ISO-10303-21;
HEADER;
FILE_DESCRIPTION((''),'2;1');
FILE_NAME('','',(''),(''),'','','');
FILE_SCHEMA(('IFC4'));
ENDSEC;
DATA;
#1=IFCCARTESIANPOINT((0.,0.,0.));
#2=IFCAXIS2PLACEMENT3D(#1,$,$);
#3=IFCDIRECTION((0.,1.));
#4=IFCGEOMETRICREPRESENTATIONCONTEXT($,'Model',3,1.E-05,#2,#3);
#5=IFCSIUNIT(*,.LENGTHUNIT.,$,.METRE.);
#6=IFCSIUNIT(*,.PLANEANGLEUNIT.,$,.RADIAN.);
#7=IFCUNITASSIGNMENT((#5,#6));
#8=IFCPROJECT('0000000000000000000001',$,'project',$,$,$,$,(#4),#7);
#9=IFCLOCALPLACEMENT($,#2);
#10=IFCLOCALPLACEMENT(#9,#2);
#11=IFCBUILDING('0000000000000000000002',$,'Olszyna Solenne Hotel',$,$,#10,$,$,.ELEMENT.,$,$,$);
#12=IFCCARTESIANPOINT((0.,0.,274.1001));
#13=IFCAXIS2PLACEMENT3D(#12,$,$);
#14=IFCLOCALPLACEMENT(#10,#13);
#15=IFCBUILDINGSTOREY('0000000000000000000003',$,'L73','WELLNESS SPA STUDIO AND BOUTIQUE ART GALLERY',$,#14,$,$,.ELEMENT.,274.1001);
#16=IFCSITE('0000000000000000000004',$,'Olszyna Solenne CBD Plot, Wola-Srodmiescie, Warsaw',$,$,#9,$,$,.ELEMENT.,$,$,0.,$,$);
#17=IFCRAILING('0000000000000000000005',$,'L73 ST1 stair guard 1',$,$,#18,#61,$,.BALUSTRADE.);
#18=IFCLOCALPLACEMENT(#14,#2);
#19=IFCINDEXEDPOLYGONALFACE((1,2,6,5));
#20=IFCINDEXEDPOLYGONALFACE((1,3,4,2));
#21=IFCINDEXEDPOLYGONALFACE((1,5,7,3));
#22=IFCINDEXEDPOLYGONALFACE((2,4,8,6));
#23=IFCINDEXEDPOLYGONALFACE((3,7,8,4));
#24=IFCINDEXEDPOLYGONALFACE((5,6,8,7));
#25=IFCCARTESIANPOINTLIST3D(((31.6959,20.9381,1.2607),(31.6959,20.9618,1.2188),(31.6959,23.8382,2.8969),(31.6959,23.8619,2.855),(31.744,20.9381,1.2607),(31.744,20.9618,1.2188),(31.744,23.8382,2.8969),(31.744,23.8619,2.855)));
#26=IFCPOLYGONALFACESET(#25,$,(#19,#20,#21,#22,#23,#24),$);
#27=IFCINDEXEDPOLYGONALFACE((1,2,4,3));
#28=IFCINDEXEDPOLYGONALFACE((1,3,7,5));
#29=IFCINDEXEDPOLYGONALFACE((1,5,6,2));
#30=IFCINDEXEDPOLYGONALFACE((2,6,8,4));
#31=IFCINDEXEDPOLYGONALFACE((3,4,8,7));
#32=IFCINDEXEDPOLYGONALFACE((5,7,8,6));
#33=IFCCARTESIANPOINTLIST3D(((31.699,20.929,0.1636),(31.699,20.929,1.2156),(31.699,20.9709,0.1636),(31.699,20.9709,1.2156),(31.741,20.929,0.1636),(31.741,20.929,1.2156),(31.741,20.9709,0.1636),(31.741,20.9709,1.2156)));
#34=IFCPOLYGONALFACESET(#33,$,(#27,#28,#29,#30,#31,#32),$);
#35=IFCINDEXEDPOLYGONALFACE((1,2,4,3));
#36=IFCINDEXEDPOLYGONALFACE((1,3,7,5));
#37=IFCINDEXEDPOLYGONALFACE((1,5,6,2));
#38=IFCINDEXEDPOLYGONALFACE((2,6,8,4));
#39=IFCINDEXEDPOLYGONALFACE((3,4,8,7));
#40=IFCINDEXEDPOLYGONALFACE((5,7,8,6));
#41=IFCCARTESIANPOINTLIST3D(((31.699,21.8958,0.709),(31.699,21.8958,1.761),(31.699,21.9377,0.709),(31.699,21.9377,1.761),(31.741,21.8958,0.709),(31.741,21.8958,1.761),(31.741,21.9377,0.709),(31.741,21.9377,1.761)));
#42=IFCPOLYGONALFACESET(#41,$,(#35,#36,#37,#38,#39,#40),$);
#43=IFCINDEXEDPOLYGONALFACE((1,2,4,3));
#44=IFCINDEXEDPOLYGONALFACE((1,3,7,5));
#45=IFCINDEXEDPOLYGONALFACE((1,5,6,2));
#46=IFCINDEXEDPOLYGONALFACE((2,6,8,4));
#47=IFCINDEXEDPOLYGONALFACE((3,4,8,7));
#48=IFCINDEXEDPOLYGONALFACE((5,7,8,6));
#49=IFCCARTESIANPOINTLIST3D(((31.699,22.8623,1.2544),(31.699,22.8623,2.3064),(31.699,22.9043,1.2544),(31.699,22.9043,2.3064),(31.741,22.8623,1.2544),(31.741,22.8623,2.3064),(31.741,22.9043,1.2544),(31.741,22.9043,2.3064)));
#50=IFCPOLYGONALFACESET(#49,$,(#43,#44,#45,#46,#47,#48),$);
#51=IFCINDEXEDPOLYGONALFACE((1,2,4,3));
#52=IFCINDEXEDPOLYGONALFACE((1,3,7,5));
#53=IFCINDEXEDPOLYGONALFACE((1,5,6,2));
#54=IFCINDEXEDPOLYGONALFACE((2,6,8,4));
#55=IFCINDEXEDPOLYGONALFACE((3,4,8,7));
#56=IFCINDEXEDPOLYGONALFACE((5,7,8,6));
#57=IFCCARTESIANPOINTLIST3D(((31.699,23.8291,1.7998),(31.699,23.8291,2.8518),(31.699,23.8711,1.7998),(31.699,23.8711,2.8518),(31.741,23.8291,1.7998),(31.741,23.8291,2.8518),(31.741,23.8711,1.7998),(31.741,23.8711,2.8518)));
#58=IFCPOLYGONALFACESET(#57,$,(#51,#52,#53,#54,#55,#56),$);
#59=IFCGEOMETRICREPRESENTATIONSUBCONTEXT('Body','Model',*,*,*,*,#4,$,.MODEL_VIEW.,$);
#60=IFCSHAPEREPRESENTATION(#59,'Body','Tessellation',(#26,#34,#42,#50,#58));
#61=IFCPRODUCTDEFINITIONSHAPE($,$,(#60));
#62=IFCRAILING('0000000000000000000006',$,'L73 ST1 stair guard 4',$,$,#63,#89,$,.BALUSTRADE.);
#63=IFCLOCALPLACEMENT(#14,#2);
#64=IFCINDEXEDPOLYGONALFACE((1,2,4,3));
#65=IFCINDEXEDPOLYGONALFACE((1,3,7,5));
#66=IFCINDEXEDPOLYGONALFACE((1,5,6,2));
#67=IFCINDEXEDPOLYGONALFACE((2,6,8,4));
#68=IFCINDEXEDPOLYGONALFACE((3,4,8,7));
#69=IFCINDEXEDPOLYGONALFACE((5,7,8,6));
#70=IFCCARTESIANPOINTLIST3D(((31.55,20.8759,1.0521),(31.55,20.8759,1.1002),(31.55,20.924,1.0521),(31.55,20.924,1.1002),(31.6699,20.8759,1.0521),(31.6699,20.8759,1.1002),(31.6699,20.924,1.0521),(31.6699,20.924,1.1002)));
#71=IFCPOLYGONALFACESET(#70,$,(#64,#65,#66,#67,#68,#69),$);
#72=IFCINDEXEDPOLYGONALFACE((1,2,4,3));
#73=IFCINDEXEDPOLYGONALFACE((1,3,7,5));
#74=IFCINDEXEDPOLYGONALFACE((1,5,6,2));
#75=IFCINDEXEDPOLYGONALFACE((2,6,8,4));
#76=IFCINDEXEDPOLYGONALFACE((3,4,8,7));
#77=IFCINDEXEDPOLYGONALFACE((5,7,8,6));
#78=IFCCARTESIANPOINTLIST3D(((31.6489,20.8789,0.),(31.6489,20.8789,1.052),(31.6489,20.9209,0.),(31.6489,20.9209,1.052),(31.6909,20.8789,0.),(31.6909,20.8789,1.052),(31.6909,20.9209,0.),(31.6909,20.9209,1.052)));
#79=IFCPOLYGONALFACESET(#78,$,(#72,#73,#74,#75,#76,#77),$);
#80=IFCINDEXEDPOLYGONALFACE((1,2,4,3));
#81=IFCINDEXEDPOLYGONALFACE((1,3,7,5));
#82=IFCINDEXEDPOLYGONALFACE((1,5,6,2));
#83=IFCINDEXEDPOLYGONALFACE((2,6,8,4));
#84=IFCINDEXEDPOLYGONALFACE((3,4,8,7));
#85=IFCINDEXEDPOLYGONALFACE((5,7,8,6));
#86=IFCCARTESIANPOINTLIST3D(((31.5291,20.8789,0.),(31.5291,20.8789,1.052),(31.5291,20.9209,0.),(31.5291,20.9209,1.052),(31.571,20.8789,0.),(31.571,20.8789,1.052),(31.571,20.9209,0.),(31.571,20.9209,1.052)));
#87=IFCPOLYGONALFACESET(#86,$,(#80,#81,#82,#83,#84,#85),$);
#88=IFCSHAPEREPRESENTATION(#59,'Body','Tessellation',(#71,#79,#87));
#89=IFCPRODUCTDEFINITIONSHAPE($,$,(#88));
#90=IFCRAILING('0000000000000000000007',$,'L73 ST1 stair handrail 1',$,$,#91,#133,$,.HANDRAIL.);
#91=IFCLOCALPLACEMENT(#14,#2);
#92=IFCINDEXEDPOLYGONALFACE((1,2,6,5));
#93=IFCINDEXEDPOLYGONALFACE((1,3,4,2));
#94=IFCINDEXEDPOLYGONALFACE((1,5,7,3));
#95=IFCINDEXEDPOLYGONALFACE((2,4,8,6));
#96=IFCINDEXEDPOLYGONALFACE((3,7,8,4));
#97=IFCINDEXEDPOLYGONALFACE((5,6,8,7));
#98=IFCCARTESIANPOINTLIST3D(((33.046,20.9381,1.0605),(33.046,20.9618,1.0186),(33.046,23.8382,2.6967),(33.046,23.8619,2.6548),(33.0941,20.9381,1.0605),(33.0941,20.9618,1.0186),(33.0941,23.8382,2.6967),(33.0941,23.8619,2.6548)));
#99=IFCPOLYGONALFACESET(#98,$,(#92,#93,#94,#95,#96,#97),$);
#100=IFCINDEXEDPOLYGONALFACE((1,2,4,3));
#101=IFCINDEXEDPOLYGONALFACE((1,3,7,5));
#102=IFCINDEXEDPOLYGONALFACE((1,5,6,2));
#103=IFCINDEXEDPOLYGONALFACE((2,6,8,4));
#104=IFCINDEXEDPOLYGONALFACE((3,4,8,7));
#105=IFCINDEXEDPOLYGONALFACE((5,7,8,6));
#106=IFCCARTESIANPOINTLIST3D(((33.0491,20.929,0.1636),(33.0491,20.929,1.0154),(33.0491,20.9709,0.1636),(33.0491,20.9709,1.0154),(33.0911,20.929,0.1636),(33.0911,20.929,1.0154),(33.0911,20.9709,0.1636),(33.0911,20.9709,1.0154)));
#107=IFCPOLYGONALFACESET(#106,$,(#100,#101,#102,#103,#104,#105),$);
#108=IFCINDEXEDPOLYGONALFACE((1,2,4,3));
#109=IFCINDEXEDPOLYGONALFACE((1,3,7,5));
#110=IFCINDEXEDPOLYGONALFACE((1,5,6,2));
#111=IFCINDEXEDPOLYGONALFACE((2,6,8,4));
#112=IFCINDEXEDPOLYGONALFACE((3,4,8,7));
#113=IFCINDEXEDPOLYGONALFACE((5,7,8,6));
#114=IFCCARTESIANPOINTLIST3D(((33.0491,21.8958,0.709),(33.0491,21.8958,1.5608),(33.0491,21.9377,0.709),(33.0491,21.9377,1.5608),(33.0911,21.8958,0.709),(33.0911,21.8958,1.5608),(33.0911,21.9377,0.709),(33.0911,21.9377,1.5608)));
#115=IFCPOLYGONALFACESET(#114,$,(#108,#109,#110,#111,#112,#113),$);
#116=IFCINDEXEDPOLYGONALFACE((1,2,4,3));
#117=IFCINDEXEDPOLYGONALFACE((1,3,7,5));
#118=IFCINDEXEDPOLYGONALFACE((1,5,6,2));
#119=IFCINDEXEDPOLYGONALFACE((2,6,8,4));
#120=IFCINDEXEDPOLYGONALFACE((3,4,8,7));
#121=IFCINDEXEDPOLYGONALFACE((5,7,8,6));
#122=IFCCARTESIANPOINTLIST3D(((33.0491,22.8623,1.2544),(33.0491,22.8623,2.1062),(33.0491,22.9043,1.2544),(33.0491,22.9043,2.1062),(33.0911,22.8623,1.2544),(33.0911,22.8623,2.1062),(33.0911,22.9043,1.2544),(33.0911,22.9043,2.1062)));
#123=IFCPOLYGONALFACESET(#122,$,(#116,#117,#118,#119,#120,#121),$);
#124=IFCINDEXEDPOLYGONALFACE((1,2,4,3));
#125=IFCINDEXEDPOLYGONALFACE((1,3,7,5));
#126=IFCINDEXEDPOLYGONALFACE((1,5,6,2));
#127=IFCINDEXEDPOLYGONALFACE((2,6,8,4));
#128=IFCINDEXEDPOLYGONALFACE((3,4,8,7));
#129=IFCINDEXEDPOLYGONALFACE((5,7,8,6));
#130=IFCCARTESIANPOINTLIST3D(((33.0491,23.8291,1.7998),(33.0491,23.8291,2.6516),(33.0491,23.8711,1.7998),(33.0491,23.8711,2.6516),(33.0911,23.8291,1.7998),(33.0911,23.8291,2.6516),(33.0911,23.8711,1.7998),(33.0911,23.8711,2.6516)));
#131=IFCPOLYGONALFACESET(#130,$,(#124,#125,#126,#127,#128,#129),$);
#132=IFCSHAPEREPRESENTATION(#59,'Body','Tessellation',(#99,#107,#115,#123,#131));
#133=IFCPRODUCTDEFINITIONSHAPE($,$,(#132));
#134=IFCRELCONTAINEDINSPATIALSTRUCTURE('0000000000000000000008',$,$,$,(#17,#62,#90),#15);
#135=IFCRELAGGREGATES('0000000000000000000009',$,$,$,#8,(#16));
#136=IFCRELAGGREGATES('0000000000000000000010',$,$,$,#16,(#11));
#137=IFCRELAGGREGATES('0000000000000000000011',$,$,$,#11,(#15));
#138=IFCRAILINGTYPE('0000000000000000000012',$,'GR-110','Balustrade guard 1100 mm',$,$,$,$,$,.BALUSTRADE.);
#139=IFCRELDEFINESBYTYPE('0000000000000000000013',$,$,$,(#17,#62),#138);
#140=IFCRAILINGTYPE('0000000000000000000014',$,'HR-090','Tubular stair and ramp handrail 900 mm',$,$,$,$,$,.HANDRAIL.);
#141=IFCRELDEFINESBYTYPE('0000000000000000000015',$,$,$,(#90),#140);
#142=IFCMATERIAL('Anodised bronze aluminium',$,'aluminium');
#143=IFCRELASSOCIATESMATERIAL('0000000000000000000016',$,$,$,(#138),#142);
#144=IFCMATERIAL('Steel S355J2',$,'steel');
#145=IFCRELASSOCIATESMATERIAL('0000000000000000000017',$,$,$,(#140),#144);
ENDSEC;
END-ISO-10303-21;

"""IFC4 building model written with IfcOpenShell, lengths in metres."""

from ifc_helpers import new_model, si_unit, direction, frame, origin, origin_2d, place, context, subcontext, project, spatial, rectangle, extrude, material, type_object, element, save


model = new_model("IFC4")

# Units and contexts
model_context = context("Model", 3, precision=1e-05, world=origin(), true_north=direction((0.0, 1.0)))
body_context = subcontext(model_context, "Body", "Model", "MODEL_VIEW")
ifc_project = project(units=[si_unit("LENGTHUNIT", "METRE"), si_unit("PLANEANGLEUNIT", "RADIAN")], contexts=[model_context])

# Site, building, storey
site_placement = place(None, origin())
site = spatial("IfcSite", under=ifc_project, at=site_placement, Name="Olszyna Solenne CBD Plot, Wola-Srodmiescie, Warsaw", CompositionType="ELEMENT", RefElevation=0.0)
building_placement = place(site_placement, origin())
building = spatial("IfcBuilding", under=site, at=building_placement, Name="Olszyna Solenne Hotel", CompositionType="ELEMENT")
storey_placement = place(building_placement, frame((0.0, 0.0, 274.1001)))
storey = spatial("IfcBuildingStorey", under=building, at=storey_placement, Name="L73", Description="WELLNESS SPA STUDIO AND BOUTIQUE ART GALLERY", CompositionType="ELEMENT", Elevation=274.1001)

# Shared definitions
ifc_material_1 = material(Name="Steel S355J2", Category="steel")

# Shared definitions
ifc_material_2 = material(Name="Anodised bronze aluminium", Category="aluminium")

# Railings
railing_type_1 = type_object("IfcRailingType", Name="GR-110", Description="Balustrade guard 1100 mm", PredefinedType="BALUSTRADE", material=ifc_material_2)
railing_1_placement = place(storey_placement, frame((31.72, 20.95, 0.1636)))
element("IfcRailing", 1, at=railing_1_placement, inside=storey, type_object=railing_type_1, Name="L73 ST1 stair guard 1", PredefinedType="BALUSTRADE", context=body_context, shape_type="SweptSolid", body=[
    extrude(rectangle(XDim=0.0481, YDim=0.0481, at=origin_2d()), frame((0.0, 0.0, 1.0762), z_axis=(0.0, 0.870946, 0.491378), x_axis=(-1.0, 0.0, 0.0)), (0.0, 0.0, 1.0), 3.3298),
    extrude(rectangle(XDim=0.042, YDim=0.042, at=origin_2d()), origin(), (0.0, 0.0, 1.0), 1.052),
    extrude(rectangle(XDim=0.042, YDim=0.042, at=origin_2d()), frame((0.0, 0.9668, 0.5454)), (0.0, 0.0, 1.0), 1.052),
    extrude(rectangle(XDim=0.042, YDim=0.042, at=origin_2d()), frame((0.0, 1.9333, 1.0908)), (0.0, 0.0, 1.0), 1.052),
    extrude(rectangle(XDim=0.042, YDim=0.042, at=origin_2d()), frame((0.0, 2.9001, 1.6362)), (0.0, 0.0, 1.0), 1.052),
])
railing_2_placement = place(storey_placement, frame((31.6699, 20.8999, 0.0)))
element("IfcRailing", 2, at=railing_2_placement, inside=storey, type_object=railing_type_1, Name="L73 ST1 stair guard 4", PredefinedType="BALUSTRADE", context=body_context, shape_type="SweptSolid", body=[
    extrude(rectangle(XDim=0.0481, YDim=0.0481, at=origin_2d()), frame((0.0, 0.0, 1.0762), z_axis=(-1.0, 0.0, 0.0), x_axis=(0.0, -1.0, 0.0)), (0.0, 0.0, 1.0), 0.1199),
    extrude(rectangle(XDim=0.042, YDim=0.042, at=origin_2d()), origin(), (0.0, 0.0, 1.0), 1.052),
    extrude(rectangle(XDim=0.042, YDim=0.042, at=origin_2d()), frame((-0.1199, 0.0, 0.0)), (0.0, 0.0, 1.0), 1.052),
])
railing_type_2 = type_object("IfcRailingType", Name="HR-090", Description="Tubular stair and ramp handrail 900 mm", PredefinedType="HANDRAIL", material=ifc_material_1)
railing_3_placement = place(storey_placement, frame((33.0701, 20.95, 0.1636)))
element("IfcRailing", 3, at=railing_3_placement, inside=storey, type_object=railing_type_2, Name="L73 ST1 stair handrail 1", PredefinedType="HANDRAIL", context=body_context, shape_type="SweptSolid", body=[
    extrude(rectangle(XDim=0.0481, YDim=0.0481, at=origin_2d()), frame((0.0, 0.0, 0.876), z_axis=(0.0, 0.870946, 0.491378), x_axis=(-1.0, 0.0, 0.0)), (0.0, 0.0, 1.0), 3.3298),
    extrude(rectangle(XDim=0.042, YDim=0.042, at=origin_2d()), origin(), (0.0, 0.0, 1.0), 0.8518),
    extrude(rectangle(XDim=0.042, YDim=0.042, at=origin_2d()), frame((0.0, 0.9668, 0.5454)), (0.0, 0.0, 1.0), 0.8518),
    extrude(rectangle(XDim=0.042, YDim=0.042, at=origin_2d()), frame((0.0, 1.9333, 1.0908)), (0.0, 0.0, 1.0), 0.8518),
    extrude(rectangle(XDim=0.042, YDim=0.042, at=origin_2d()), frame((0.0, 2.9001, 1.6362)), (0.0, 0.0, 1.0), 0.8518),
])

save(model, "model.ifc")
